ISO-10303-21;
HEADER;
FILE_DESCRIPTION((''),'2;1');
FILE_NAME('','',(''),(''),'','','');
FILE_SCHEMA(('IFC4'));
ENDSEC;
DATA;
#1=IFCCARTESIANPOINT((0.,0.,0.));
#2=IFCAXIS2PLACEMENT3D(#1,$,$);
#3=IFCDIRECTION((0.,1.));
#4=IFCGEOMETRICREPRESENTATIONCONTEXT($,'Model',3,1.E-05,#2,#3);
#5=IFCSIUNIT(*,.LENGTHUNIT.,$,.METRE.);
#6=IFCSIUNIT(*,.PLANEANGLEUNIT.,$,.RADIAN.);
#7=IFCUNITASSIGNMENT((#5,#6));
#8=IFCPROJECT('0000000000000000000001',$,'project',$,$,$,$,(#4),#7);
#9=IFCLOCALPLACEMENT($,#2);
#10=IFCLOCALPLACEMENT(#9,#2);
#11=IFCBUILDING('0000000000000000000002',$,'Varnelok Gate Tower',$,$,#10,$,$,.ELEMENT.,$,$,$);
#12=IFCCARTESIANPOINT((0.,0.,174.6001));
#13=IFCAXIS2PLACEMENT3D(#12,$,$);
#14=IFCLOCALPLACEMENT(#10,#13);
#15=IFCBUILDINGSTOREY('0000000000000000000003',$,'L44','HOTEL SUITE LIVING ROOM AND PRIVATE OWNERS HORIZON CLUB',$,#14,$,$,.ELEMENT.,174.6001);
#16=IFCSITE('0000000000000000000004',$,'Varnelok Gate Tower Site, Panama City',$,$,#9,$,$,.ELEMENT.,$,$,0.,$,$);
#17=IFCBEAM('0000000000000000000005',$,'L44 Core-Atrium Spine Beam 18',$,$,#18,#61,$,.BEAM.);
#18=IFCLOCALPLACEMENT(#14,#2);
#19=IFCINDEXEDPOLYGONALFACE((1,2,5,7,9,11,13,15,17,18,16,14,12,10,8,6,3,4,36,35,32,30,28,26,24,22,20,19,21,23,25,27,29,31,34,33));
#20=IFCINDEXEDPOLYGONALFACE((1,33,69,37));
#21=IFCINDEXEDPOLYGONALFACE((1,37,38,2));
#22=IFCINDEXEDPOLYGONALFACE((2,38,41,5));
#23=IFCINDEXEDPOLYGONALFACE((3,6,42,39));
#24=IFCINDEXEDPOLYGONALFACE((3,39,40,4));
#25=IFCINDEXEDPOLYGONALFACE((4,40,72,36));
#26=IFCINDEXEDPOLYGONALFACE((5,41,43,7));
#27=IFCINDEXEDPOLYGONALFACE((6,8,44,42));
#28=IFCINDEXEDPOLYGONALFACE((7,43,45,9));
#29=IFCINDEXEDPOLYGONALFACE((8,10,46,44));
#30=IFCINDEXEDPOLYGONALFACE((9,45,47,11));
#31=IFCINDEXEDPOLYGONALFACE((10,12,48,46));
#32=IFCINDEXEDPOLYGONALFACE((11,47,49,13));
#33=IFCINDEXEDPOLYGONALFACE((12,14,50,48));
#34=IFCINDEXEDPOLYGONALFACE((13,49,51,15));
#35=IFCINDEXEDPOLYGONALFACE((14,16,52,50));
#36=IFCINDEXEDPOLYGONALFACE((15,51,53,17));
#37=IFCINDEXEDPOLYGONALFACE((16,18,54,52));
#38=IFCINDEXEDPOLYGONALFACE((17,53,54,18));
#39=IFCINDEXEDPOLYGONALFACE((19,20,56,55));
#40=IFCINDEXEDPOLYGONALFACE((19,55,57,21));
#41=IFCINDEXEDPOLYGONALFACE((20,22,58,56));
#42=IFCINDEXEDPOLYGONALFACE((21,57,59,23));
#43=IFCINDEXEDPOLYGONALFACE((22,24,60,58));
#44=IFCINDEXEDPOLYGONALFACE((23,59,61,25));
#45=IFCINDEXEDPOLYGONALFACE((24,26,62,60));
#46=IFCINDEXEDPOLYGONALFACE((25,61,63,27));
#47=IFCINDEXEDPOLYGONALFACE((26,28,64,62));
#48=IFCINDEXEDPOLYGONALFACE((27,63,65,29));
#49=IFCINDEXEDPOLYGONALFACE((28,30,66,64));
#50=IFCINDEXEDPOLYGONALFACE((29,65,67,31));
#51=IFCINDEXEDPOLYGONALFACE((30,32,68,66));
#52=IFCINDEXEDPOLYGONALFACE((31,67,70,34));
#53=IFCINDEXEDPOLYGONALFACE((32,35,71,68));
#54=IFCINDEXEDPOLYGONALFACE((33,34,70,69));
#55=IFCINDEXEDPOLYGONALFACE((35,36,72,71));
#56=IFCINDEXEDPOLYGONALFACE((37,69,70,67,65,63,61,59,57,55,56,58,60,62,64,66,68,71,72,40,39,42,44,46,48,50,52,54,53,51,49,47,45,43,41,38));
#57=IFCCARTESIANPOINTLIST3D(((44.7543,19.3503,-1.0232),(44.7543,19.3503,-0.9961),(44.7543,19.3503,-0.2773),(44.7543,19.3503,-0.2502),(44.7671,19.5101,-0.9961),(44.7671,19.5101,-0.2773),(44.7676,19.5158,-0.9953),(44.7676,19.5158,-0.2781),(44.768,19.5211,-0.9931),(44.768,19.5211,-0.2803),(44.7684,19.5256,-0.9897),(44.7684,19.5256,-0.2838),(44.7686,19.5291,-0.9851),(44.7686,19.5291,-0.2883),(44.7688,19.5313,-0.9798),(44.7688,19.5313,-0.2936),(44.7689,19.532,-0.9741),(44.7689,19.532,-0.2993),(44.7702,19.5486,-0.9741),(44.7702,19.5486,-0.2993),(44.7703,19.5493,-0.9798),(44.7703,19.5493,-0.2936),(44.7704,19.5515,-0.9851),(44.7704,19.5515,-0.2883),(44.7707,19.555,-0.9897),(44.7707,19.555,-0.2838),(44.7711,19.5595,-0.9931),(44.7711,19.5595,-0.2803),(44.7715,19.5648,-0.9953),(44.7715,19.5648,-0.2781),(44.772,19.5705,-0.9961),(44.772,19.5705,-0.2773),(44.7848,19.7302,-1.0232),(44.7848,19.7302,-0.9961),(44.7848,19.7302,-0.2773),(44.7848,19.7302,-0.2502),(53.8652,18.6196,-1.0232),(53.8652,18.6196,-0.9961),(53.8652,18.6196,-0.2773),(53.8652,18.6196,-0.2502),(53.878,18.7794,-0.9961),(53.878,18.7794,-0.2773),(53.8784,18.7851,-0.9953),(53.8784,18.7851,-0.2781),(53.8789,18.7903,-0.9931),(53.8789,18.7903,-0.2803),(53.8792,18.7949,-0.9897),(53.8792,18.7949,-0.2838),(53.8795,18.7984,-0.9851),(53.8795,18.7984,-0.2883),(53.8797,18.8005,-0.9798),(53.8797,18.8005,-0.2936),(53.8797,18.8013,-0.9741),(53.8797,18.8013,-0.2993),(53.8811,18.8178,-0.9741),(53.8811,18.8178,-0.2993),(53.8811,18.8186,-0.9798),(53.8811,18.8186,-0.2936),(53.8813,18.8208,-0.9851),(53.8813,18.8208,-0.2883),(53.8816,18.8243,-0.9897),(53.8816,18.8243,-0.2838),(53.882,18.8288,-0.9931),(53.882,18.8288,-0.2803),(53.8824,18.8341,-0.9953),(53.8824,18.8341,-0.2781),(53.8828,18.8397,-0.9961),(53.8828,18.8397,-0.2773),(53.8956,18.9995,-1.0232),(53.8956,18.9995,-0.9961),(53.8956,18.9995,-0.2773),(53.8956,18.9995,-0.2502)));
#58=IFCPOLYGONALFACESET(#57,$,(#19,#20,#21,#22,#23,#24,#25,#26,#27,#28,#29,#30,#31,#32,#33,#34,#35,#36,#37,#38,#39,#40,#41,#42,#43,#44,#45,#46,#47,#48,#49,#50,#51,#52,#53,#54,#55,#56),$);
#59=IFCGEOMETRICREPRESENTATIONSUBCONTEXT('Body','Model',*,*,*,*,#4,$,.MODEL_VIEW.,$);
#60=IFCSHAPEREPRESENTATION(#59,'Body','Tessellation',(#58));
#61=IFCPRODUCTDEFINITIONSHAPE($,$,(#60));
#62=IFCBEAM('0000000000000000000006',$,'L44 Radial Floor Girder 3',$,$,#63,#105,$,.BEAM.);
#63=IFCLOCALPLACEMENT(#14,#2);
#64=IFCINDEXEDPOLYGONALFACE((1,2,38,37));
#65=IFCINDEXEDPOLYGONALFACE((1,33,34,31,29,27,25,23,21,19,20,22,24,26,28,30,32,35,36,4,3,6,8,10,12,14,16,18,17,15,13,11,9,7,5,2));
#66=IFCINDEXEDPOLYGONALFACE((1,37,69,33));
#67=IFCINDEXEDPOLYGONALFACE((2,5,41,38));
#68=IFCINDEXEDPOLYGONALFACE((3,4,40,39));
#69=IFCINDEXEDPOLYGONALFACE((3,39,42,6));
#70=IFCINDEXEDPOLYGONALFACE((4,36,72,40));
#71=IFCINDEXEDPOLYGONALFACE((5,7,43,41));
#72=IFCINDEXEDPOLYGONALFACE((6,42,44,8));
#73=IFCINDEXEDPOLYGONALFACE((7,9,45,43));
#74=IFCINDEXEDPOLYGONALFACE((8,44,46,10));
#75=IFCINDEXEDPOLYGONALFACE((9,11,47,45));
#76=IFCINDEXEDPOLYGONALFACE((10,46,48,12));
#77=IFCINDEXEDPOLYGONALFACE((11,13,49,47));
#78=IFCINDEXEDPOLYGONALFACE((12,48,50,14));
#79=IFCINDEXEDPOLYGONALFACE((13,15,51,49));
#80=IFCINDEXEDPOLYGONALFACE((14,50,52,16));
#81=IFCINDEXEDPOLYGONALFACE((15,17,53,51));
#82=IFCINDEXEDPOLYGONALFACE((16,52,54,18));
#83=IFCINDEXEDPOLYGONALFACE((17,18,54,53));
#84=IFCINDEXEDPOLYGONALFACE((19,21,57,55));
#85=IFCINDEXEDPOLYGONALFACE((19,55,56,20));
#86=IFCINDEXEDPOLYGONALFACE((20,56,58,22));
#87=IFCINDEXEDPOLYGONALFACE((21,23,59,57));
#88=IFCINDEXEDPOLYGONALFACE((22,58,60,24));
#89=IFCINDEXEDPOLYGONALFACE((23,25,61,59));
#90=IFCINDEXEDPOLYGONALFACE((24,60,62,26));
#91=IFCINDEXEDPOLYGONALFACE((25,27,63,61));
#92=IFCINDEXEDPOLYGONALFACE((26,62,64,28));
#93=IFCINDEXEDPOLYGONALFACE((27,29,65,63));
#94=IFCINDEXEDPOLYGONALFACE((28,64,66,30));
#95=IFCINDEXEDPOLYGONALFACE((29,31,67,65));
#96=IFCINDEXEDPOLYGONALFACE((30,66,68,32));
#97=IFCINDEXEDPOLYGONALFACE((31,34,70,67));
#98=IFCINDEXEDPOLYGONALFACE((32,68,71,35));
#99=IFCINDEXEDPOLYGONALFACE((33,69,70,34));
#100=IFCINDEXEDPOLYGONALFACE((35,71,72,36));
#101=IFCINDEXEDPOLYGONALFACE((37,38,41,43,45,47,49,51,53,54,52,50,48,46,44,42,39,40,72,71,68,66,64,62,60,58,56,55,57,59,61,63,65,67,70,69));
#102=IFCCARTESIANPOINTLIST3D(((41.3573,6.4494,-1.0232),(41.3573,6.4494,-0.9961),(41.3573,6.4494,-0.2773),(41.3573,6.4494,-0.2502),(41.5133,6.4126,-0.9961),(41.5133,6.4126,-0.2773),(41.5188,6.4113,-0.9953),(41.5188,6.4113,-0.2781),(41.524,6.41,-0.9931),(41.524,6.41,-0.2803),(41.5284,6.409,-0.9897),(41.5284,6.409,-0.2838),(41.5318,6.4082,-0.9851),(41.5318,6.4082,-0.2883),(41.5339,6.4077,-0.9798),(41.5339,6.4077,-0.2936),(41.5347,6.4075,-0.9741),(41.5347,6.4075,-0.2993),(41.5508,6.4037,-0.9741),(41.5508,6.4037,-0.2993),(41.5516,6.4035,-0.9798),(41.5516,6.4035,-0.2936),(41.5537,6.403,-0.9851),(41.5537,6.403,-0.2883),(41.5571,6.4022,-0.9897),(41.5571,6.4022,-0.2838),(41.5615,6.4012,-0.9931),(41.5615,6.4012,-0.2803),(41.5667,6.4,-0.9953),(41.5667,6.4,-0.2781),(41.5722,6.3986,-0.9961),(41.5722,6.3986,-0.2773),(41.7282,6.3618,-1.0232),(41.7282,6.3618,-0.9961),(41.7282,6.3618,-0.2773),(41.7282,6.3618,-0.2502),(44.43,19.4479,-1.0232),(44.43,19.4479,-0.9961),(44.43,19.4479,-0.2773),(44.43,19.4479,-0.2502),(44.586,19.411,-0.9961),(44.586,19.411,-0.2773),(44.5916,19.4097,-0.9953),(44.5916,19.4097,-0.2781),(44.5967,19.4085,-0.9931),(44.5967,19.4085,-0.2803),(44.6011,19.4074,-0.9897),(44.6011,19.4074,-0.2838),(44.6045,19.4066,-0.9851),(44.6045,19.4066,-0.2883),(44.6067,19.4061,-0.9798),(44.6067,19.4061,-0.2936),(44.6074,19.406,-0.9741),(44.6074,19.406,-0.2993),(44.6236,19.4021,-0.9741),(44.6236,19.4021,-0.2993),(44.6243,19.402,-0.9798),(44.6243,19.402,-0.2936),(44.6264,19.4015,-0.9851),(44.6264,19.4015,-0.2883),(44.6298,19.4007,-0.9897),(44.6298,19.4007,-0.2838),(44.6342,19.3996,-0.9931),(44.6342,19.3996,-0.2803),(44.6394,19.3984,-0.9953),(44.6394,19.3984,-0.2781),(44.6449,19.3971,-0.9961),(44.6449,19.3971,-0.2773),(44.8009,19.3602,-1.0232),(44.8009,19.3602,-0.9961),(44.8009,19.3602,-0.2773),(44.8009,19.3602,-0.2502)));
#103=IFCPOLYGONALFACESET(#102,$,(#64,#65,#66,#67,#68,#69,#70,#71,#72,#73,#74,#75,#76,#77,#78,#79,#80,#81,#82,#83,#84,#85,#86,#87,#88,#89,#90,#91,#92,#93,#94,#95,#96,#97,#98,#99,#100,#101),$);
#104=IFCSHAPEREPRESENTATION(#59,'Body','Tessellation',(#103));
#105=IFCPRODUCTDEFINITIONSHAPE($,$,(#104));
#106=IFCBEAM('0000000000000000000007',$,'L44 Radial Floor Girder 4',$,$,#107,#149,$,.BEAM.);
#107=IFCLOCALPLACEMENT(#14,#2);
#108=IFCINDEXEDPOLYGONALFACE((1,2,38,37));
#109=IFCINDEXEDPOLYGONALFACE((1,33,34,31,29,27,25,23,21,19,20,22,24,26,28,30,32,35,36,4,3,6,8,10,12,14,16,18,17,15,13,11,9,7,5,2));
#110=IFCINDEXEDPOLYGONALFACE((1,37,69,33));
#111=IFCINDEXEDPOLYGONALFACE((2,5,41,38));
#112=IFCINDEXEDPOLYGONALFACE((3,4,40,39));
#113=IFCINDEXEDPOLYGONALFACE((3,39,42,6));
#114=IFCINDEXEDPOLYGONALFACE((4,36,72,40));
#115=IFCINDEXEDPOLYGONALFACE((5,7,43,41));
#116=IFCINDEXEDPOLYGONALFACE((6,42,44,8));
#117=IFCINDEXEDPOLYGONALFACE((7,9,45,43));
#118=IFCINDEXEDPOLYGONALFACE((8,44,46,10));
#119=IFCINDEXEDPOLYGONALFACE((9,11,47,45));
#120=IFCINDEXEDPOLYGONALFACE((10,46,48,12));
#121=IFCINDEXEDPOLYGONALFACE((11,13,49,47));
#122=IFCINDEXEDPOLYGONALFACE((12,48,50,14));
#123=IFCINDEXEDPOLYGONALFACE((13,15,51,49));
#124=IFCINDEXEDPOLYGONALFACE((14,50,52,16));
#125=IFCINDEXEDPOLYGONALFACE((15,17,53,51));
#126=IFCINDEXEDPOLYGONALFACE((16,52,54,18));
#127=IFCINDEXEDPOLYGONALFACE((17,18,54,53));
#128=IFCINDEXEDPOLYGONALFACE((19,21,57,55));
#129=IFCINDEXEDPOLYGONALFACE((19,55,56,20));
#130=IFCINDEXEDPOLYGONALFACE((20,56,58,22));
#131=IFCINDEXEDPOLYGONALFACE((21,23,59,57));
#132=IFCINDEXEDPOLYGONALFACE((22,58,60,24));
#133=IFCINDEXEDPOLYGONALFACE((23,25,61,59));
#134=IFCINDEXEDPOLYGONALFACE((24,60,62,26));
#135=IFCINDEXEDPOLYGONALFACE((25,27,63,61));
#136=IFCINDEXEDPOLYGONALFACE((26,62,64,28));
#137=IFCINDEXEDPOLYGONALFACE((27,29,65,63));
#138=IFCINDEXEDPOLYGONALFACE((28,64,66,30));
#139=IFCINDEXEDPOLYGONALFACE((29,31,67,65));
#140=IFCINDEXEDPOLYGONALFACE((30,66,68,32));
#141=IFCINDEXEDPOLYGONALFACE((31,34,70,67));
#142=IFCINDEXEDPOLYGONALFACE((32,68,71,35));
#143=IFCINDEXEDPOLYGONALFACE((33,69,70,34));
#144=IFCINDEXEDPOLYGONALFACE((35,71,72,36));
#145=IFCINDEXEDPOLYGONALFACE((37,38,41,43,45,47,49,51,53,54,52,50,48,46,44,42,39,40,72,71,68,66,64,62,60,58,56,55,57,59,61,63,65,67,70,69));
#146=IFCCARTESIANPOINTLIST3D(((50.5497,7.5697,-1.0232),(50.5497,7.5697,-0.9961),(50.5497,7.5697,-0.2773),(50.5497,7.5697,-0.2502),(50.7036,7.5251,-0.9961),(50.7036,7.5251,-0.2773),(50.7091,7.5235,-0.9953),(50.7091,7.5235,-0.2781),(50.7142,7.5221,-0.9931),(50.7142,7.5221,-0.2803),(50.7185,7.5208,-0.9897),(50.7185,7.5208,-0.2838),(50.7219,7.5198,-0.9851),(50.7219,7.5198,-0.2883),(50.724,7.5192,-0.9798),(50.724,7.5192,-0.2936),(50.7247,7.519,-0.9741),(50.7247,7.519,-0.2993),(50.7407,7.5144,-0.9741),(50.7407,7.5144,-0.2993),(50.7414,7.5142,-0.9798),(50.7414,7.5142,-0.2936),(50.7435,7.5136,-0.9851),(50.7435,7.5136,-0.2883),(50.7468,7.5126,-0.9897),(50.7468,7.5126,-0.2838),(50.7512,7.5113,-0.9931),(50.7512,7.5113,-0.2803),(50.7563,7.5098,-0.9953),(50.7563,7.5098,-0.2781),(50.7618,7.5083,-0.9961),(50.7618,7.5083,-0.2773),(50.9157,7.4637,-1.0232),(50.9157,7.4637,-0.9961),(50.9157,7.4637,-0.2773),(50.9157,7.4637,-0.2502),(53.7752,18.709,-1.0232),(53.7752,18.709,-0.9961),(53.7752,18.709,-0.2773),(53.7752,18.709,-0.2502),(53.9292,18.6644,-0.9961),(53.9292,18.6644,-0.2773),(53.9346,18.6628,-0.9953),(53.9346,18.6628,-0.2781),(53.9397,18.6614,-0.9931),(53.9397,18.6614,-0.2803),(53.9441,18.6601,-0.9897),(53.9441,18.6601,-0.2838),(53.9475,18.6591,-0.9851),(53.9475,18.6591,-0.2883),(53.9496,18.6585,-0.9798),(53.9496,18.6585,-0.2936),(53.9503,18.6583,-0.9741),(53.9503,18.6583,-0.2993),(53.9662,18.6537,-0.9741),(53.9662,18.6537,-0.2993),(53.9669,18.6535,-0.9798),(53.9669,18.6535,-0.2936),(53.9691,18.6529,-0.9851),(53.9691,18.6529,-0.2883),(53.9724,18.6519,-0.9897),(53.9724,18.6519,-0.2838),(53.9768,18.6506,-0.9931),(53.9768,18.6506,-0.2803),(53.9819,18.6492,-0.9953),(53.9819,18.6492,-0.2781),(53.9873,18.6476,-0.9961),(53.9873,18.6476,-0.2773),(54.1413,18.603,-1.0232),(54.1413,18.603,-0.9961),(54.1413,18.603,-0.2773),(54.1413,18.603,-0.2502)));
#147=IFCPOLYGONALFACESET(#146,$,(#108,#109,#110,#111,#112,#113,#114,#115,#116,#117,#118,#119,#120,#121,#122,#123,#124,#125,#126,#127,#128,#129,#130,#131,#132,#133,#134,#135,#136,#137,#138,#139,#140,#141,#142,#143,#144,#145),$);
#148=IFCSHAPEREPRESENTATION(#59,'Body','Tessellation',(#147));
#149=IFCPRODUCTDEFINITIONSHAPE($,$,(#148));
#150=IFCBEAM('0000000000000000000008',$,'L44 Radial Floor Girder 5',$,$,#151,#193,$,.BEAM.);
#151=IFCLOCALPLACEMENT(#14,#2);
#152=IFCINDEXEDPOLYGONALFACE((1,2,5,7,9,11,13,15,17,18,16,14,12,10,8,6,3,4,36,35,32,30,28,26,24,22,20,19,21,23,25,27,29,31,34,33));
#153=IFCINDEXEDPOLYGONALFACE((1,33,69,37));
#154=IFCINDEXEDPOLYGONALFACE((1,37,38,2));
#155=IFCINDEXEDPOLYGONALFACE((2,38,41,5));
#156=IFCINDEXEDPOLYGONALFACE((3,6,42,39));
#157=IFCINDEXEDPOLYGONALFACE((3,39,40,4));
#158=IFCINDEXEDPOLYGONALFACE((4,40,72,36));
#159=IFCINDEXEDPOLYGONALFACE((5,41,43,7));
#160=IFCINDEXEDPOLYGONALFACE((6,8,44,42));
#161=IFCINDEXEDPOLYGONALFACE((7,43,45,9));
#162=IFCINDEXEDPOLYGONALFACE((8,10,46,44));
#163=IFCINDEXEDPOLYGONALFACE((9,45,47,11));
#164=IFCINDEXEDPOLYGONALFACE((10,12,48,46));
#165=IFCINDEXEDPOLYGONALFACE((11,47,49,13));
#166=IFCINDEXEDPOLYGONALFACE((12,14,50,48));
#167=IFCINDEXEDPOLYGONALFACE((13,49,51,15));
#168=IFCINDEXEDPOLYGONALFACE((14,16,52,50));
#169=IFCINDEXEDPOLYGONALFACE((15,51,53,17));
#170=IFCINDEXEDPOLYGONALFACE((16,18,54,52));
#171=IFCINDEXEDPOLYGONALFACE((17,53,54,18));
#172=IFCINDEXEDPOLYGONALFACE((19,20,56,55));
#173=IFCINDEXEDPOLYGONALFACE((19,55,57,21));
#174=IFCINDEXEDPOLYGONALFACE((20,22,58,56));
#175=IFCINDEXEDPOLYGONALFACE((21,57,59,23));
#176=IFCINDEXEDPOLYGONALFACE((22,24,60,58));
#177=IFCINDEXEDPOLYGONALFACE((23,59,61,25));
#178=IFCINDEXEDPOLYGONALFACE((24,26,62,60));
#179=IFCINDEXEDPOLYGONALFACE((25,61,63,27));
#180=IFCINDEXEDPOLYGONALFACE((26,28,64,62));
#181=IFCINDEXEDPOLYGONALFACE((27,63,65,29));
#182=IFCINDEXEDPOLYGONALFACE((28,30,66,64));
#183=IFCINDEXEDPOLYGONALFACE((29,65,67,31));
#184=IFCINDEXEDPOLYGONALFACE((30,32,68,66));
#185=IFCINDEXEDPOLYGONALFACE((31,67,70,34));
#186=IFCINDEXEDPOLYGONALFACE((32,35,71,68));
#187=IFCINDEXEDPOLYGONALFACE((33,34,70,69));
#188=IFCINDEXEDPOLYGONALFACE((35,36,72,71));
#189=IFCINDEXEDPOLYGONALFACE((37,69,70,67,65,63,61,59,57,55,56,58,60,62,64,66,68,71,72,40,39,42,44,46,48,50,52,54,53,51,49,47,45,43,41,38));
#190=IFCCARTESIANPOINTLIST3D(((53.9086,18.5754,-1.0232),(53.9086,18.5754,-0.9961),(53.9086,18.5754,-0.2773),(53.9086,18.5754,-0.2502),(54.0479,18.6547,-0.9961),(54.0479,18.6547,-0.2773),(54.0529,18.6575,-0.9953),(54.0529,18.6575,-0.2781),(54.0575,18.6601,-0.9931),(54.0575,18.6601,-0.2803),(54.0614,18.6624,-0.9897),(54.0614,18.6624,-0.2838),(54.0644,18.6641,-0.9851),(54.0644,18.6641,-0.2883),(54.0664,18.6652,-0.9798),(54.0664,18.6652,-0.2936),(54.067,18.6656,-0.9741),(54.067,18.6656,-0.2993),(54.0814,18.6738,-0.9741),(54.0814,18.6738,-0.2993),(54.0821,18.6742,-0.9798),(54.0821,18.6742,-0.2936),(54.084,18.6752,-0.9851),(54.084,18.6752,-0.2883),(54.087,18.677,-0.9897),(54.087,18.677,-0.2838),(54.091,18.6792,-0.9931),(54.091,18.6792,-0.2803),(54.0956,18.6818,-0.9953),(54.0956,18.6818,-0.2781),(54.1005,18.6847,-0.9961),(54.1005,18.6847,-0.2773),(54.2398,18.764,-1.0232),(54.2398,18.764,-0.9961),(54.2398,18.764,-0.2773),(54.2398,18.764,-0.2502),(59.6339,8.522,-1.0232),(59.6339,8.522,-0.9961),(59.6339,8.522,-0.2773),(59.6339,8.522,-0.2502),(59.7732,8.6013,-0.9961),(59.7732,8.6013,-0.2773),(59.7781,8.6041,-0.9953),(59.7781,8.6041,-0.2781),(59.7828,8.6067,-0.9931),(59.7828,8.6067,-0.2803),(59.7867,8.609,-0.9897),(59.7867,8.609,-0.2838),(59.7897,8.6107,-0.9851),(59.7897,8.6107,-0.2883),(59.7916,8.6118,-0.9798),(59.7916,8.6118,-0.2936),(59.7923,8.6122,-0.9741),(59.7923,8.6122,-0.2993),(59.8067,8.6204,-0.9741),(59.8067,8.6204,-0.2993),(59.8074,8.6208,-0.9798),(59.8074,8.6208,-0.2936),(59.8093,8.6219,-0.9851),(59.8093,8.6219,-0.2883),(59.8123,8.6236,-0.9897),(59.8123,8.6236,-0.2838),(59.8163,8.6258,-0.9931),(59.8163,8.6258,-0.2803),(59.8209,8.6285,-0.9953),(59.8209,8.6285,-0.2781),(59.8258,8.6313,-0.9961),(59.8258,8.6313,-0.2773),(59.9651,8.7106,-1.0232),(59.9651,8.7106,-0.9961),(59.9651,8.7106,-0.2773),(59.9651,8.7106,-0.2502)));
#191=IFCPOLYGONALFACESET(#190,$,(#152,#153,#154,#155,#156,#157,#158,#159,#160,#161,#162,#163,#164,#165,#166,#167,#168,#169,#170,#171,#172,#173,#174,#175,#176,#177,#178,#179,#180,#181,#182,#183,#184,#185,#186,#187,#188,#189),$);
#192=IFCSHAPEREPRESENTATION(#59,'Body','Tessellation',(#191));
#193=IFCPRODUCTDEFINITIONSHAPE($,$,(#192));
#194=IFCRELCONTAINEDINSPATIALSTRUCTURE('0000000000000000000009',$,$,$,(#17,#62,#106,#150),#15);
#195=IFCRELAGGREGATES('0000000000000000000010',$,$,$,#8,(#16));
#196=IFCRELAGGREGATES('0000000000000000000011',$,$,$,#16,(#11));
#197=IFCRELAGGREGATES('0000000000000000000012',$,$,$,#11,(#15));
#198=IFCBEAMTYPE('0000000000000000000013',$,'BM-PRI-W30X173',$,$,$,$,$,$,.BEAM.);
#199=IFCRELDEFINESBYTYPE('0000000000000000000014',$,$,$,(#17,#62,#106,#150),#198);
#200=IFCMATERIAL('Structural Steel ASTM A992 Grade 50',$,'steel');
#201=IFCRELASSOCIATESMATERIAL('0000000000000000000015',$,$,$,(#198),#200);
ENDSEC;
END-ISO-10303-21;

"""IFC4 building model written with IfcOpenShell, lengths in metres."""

from ifc_helpers import new_model, si_unit, direction, frame, origin, origin_2d, place, context, subcontext, project, spatial, i_section, extrude, material, material_profile, profile_set, type_object, element, save


model = new_model("IFC4")

# Units and contexts
model_context = context("Model", 3, precision=1e-05, world=origin(), true_north=direction((0.0, 1.0)))
body_context = subcontext(model_context, "Body", "Model", "MODEL_VIEW")
ifc_project = project(units=[si_unit("LENGTHUNIT", "METRE"), si_unit("PLANEANGLEUNIT", "RADIAN")], contexts=[model_context])

# Site, building, storey
site_placement = place(None, origin())
site = spatial("IfcSite", under=ifc_project, at=site_placement, Name="Varnelok Gate Tower Site, Panama City", CompositionType="ELEMENT", RefElevation=0.0)
building_placement = place(site_placement, origin())
building = spatial("IfcBuilding", under=site, at=building_placement, Name="Varnelok Gate Tower", CompositionType="ELEMENT")
storey_placement = place(building_placement, frame((0.0, 0.0, 174.6001)))
storey = spatial("IfcBuildingStorey", under=building, at=storey_placement, Name="L44", Description="HOTEL SUITE LIVING ROOM AND PRIVATE OWNERS HORIZON CLUB", CompositionType="ELEMENT", Elevation=174.6001)

# Shared definitions
ifc_material_1 = material(Name="Structural Steel ASTM A992 Grade 50", Category="steel")

# Beams
ifc_material_profile_1 = material_profile(ifc_material_1, i_section(OverallWidth=0.3811, OverallDepth=0.7729, WebThickness=0.0166, FlangeThickness=0.0271, FilletRadius=0.022, at=origin_2d()), Name="W30X173")
ifc_profile_set_1 = profile_set([ifc_material_profile_1], Name="Structural Steel ASTM A992 Grade 50")
beam_type_1 = type_object("IfcBeamType", Name="BM-PRI-W30X173", PredefinedType="BEAM", material=ifc_profile_set_1)
beam_1_placement = place(storey_placement, frame((44.7695, 19.5403, -0.6367), z_axis=(0.996799, -0.079946, 0.0), x_axis=(0.079946, 0.996799, 0.0)))
element("IfcBeam", 1, at=beam_1_placement, inside=storey, type_object=beam_type_1, Name="L44 Core-Atrium Spine Beam 18", PredefinedType="BEAM", context=body_context, shape_type="SweptSolid", body=[
    extrude(i_section(OverallWidth=0.3811, OverallDepth=0.7729, WebThickness=0.0166, FlangeThickness=0.0271, FilletRadius=0.022, at=origin_2d()), origin(), (0.0, 0.0, 1.0), 9.1401),
])
beam_2_placement = place(storey_placement, frame((44.6155, 19.4041, -0.6367), z_axis=(-0.230052, -0.973178, 0.0), x_axis=(0.973178, -0.230052, 0.0)))
element("IfcBeam", 2, at=beam_2_placement, inside=storey, type_object=beam_type_1, Name="L44 Radial Floor Girder 3", PredefinedType="BEAM", context=body_context, shape_type="SweptSolid", body=[
    extrude(i_section(OverallWidth=0.3811, OverallDepth=0.7729, WebThickness=0.0166, FlangeThickness=0.0271, FilletRadius=0.022, at=origin_2d()), origin(), (0.0, 0.0, 1.0), 13.3567),
])
beam_3_placement = place(storey_placement, frame((53.9583, 18.656, -0.6367), z_axis=(-0.278139, -0.960541, 0.0), x_axis=(0.960541, -0.278139, 0.0)))
element("IfcBeam", 3, at=beam_3_placement, inside=storey, type_object=beam_type_1, Name="L44 Radial Floor Girder 4", PredefinedType="BEAM", context=body_context, shape_type="SweptSolid", body=[
    extrude(i_section(OverallWidth=0.3811, OverallDepth=0.7729, WebThickness=0.0166, FlangeThickness=0.0271, FilletRadius=0.022, at=origin_2d()), origin(), (0.0, 0.0, 1.0), 11.5969),
])
beam_4_placement = place(storey_placement, frame((54.0742, 18.6697, -0.6367), z_axis=(0.494868, -0.868968, 0.0), x_axis=(0.868968, 0.494868, 0.0)))
element("IfcBeam", 4, at=beam_4_placement, inside=storey, type_object=beam_type_1, Name="L44 Radial Floor Girder 5", PredefinedType="BEAM", context=body_context, shape_type="SweptSolid", body=[
    extrude(i_section(OverallWidth=0.3811, OverallDepth=0.7729, WebThickness=0.0166, FlangeThickness=0.0271, FilletRadius=0.022, at=origin_2d()), origin(), (0.0, 0.0, 1.0), 11.5693),
])

save(model, "model.ifc")
